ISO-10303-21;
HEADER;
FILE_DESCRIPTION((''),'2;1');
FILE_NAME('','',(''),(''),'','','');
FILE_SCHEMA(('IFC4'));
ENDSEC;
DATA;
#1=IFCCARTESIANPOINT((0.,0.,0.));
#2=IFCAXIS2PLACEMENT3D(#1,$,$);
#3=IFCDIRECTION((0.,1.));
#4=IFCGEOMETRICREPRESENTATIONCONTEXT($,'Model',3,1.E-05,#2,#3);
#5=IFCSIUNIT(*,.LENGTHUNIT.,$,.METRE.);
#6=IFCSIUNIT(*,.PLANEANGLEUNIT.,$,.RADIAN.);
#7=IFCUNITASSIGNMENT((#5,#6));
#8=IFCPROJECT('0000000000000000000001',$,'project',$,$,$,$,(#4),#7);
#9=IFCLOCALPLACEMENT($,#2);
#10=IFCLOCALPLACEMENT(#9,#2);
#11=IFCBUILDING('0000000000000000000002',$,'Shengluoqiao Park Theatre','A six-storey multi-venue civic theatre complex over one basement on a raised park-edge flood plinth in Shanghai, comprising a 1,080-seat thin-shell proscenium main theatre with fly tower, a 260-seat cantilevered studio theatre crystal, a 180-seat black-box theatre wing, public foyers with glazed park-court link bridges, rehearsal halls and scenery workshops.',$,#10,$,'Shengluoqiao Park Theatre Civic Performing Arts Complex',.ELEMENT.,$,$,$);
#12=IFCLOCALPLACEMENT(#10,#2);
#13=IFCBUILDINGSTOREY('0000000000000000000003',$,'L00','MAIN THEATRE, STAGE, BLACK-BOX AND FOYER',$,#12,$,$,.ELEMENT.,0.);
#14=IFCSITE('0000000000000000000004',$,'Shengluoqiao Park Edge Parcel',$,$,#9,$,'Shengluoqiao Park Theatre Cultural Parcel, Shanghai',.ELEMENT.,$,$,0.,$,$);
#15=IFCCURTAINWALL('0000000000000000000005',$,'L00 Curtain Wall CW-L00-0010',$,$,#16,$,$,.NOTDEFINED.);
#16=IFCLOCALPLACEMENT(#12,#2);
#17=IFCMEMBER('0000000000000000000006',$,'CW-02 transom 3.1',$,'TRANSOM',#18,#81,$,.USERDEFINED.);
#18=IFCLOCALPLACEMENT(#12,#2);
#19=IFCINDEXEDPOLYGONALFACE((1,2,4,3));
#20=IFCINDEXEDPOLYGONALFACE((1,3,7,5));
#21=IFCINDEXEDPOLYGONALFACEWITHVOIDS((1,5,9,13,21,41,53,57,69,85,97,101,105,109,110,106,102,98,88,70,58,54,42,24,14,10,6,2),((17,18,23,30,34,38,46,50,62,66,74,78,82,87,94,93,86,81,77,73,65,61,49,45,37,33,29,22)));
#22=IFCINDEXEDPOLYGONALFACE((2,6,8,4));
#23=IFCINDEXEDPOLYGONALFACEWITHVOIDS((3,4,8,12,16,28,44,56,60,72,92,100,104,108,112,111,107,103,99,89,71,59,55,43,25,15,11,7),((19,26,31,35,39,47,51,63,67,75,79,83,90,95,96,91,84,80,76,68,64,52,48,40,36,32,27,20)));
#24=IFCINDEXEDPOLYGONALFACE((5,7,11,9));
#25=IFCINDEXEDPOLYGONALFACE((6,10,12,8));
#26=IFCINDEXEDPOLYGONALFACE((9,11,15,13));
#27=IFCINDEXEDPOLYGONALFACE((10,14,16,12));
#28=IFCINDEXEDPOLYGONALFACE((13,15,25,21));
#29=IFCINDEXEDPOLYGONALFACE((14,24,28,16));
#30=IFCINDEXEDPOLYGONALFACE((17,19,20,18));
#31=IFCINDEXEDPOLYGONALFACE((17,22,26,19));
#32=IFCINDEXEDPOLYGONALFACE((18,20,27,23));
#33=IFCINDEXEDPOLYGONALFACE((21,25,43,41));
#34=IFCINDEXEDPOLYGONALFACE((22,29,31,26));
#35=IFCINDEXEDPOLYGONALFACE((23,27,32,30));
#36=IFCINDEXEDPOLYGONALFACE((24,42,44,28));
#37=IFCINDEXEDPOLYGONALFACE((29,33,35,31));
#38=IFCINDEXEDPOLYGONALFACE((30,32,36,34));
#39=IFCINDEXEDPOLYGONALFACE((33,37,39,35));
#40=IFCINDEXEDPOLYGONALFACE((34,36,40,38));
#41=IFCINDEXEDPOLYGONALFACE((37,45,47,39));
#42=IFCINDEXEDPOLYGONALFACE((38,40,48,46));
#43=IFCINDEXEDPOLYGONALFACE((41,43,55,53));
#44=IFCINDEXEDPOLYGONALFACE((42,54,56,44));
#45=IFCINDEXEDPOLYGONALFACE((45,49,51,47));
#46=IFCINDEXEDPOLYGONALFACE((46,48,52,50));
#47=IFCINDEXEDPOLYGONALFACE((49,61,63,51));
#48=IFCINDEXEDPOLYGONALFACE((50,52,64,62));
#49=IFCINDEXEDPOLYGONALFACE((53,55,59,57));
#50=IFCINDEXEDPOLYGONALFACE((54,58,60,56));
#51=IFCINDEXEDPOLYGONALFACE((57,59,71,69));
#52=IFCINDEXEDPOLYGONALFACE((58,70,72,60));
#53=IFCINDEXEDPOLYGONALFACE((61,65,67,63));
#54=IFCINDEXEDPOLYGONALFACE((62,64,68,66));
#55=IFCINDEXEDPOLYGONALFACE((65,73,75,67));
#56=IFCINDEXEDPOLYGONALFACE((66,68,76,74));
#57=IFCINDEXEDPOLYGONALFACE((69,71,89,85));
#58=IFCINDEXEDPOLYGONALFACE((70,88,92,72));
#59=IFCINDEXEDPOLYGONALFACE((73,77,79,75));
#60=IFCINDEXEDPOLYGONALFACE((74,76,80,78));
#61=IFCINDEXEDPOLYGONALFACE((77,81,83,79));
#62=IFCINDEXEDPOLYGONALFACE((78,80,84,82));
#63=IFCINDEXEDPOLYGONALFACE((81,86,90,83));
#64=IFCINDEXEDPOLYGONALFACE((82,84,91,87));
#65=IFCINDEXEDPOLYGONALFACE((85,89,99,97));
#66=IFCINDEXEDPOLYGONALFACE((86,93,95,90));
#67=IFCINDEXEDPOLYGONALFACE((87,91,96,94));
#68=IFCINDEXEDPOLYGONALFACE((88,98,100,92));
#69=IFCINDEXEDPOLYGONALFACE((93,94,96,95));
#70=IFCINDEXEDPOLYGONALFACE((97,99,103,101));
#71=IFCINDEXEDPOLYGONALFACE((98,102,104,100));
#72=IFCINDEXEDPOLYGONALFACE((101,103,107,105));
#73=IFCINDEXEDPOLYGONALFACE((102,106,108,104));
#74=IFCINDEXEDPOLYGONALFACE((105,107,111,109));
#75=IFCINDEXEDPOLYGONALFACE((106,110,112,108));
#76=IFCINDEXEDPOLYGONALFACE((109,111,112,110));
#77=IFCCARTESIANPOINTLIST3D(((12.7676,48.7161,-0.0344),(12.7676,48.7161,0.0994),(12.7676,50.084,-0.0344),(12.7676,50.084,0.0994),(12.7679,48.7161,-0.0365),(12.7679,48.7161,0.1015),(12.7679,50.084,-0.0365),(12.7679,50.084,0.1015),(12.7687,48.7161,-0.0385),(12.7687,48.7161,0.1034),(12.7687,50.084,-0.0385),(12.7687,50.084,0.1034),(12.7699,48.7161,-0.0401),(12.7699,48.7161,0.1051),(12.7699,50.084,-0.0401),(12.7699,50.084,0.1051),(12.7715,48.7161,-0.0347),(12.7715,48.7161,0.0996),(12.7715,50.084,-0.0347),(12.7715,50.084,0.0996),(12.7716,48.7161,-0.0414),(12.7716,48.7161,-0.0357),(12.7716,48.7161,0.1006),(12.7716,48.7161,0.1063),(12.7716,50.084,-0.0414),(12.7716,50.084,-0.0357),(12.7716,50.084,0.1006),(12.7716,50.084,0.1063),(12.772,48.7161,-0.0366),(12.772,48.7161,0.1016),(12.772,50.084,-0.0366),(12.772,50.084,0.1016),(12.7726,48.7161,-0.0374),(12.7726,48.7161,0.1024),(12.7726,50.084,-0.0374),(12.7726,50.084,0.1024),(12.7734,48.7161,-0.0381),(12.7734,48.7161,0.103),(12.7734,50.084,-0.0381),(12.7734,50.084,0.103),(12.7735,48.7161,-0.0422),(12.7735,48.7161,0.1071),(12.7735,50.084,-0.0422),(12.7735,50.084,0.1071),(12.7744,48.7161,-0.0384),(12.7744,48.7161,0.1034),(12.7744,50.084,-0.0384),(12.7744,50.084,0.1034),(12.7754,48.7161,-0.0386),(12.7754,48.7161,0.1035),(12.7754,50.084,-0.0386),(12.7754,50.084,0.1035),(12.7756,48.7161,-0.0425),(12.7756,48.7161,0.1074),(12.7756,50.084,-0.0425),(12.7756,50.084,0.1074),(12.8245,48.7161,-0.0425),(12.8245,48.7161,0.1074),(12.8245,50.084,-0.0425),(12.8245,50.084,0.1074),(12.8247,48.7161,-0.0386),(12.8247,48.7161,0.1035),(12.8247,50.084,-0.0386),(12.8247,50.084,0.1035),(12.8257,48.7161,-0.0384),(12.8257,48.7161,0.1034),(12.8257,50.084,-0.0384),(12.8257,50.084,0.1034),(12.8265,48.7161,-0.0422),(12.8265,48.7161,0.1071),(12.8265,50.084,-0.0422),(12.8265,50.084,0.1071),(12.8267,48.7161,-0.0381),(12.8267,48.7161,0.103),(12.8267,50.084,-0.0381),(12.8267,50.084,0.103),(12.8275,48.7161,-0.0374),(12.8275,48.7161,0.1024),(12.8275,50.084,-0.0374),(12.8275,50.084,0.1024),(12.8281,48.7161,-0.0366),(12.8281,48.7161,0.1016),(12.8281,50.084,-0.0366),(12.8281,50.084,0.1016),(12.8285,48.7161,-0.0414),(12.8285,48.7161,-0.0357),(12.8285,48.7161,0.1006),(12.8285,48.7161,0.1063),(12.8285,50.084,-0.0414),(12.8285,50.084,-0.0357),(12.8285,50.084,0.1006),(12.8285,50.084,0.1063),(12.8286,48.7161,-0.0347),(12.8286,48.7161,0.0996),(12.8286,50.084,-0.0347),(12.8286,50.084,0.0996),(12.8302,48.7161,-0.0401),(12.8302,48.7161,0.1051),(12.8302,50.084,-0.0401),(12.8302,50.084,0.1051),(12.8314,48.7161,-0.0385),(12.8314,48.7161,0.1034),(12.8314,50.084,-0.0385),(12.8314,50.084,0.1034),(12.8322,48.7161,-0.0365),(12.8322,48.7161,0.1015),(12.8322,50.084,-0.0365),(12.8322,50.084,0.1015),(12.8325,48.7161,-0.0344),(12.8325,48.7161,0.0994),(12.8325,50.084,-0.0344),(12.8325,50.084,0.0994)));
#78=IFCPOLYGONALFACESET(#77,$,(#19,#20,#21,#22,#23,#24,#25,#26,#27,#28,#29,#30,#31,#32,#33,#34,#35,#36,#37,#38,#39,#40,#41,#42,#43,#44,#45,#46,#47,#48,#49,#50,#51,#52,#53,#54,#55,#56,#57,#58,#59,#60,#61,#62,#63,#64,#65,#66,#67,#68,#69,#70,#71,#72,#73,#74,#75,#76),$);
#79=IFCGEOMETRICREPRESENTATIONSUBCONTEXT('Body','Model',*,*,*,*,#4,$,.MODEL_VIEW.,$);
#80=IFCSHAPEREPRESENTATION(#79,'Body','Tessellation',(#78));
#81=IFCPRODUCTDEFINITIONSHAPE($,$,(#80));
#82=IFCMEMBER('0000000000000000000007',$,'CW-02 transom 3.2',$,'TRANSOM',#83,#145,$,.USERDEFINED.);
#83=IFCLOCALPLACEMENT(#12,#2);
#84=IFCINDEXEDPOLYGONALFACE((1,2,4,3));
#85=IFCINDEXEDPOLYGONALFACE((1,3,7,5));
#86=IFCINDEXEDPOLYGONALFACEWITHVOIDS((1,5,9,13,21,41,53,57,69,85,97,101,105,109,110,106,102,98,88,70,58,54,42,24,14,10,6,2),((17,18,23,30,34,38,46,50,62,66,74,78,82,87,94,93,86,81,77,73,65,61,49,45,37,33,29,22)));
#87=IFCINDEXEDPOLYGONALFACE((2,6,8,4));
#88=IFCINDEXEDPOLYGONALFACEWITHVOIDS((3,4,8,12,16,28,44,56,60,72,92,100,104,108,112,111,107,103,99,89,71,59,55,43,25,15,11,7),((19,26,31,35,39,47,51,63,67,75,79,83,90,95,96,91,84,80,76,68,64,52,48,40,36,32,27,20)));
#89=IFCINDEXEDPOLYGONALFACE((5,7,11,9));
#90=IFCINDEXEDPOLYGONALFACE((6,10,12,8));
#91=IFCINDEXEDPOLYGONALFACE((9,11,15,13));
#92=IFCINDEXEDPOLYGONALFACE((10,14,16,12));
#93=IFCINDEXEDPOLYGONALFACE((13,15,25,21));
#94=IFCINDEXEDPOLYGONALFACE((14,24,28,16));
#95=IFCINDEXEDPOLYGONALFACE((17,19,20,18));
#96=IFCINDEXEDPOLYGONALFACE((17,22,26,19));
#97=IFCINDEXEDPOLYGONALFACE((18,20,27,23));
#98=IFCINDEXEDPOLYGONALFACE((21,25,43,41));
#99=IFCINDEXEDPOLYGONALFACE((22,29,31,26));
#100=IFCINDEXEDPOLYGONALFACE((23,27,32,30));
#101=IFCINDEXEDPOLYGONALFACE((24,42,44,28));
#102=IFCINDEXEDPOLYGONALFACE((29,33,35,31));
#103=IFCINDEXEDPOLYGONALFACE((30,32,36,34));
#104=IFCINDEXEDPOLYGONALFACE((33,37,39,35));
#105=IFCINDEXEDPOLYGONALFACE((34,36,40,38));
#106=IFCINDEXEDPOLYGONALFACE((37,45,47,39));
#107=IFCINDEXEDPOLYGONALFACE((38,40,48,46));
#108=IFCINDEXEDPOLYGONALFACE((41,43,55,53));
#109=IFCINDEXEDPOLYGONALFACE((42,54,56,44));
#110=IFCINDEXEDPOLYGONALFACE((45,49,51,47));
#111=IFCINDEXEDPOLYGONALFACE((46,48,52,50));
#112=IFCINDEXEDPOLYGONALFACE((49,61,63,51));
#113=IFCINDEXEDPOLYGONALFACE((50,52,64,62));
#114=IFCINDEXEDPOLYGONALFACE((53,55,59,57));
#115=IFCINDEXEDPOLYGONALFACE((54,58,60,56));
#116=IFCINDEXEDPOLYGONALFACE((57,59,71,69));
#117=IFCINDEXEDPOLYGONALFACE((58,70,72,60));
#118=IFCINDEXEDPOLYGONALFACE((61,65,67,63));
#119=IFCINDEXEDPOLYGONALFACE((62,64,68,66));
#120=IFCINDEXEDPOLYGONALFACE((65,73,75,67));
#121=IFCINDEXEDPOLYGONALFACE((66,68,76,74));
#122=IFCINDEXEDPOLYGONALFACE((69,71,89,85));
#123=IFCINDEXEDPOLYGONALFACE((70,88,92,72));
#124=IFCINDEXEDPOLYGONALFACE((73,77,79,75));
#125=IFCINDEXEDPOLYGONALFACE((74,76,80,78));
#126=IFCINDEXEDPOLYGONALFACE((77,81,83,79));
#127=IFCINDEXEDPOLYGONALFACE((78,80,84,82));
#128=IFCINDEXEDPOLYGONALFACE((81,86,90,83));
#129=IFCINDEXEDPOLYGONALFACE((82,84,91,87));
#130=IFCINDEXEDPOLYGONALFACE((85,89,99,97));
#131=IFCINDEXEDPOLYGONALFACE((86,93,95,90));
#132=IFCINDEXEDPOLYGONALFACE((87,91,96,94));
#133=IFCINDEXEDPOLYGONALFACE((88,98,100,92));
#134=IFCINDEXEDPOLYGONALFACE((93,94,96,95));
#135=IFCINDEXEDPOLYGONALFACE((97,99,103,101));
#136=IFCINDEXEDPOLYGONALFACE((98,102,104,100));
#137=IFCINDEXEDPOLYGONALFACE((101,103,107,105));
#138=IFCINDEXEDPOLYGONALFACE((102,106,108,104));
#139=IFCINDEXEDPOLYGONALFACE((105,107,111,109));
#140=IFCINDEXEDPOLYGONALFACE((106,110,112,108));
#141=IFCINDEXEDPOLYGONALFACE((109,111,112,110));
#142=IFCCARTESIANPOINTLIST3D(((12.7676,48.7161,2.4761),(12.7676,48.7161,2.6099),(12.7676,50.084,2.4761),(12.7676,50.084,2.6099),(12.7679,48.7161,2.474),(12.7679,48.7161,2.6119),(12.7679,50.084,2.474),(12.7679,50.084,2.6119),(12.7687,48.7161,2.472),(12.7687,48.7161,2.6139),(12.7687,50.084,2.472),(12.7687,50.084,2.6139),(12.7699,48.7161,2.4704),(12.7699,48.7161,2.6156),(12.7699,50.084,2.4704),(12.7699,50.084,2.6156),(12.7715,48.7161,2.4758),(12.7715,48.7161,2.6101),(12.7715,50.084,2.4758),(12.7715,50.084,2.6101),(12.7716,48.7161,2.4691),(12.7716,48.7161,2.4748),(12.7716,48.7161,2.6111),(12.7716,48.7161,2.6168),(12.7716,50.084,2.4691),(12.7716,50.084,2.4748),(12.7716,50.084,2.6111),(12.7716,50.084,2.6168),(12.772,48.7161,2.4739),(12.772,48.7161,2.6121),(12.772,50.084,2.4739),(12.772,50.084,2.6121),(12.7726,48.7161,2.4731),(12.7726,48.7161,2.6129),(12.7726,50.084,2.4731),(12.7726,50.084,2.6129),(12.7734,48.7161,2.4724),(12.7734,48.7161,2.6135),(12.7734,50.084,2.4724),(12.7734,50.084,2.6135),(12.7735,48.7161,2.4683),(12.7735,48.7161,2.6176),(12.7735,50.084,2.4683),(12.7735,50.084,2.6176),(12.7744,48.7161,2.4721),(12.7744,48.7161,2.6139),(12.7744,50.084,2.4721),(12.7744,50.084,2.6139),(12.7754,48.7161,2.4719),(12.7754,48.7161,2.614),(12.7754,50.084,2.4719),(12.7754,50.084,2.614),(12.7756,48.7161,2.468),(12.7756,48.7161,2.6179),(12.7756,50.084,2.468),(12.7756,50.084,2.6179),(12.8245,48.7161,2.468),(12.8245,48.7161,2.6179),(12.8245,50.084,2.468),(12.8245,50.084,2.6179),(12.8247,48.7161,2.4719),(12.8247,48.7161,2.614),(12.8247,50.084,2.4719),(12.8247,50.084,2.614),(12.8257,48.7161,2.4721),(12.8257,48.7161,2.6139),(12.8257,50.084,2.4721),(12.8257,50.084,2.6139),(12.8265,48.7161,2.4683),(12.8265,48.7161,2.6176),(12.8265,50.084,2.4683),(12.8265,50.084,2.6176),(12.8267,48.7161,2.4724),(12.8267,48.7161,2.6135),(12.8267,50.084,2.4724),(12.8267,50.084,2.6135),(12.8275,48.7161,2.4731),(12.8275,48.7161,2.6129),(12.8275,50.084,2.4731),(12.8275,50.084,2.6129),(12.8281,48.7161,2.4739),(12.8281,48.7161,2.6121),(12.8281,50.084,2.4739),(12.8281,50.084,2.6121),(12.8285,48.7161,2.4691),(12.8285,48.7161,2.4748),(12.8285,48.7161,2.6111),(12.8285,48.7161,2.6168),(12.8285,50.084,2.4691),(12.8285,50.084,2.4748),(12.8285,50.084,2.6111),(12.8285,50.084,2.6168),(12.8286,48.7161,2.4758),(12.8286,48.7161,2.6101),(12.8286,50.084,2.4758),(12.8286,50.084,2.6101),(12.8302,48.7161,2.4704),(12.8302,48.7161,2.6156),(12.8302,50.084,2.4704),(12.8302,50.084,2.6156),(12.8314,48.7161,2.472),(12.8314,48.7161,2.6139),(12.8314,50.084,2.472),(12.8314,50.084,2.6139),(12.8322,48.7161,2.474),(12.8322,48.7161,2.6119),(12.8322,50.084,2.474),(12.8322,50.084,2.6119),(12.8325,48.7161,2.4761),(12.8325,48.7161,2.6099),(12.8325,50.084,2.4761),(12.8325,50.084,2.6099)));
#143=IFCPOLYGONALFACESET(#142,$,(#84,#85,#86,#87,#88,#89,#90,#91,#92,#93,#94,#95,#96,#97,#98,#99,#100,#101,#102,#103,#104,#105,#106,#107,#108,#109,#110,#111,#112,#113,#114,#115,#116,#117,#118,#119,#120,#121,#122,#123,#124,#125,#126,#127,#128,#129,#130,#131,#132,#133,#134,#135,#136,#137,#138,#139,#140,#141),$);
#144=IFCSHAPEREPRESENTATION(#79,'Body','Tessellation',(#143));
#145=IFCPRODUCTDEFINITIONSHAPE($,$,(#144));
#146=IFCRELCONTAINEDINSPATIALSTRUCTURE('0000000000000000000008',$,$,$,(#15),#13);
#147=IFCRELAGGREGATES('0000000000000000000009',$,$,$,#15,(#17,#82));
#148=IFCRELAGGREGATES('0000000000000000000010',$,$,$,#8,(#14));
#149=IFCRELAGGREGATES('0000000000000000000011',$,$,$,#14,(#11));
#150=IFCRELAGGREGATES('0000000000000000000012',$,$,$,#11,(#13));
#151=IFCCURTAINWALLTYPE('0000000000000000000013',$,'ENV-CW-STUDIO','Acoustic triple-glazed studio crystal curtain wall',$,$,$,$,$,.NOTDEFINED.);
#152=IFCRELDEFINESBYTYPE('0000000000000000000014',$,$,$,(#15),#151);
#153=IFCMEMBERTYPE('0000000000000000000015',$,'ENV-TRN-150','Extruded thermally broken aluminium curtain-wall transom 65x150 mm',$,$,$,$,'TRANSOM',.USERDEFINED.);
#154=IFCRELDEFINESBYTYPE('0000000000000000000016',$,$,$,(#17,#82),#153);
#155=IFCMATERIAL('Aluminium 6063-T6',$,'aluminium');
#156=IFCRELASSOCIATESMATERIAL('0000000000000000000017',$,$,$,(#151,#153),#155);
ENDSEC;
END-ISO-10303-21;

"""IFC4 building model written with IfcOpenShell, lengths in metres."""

from ifc_helpers import new_model, si_unit, direction, frame, origin, origin_2d, place, context, subcontext, project, spatial, hollow_rectangle, extrude, material, material_profile, profile_set, type_object, element, aggregate, save


model = new_model("IFC4")

# Units and contexts
model_context = context("Model", 3, precision=1e-05, world=origin(), true_north=direction((0.0, 1.0)))
body_context = subcontext(model_context, "Body", "Model", "MODEL_VIEW")
ifc_project = project(units=[si_unit("LENGTHUNIT", "METRE"), si_unit("PLANEANGLEUNIT", "RADIAN")], contexts=[model_context])

# Site, building, storey
site_placement = place(None, origin())
site = spatial("IfcSite", under=ifc_project, at=site_placement, Name="Shengluoqiao Park Edge Parcel", LongName="Shengluoqiao Park Theatre Cultural Parcel, Shanghai", CompositionType="ELEMENT", RefElevation=0.0)
building_placement = place(site_placement, origin())
building = spatial("IfcBuilding", under=site, at=building_placement, Name="Shengluoqiao Park Theatre", Description="A six-storey multi-venue civic theatre complex over one basement on a raised park-edge flood plinth in Shanghai, comprising a 1,080-seat thin-shell proscenium main theatre with fly tower, a 260-seat cantilevered studio theatre crystal, a 180-seat black-box theatre wing, public foyers with glazed park-court link bridges, rehearsal halls and scenery workshops.", LongName="Shengluoqiao Park Theatre Civic Performing Arts Complex", CompositionType="ELEMENT")
storey_placement = place(building_placement, origin())
storey = spatial("IfcBuildingStorey", under=building, at=storey_placement, Name="L00", Description="MAIN THEATRE, STAGE, BLACK-BOX AND FOYER", CompositionType="ELEMENT", Elevation=0.0)

# Curtain wall, members
ifc_material_1 = material(Name="Aluminium 6063-T6", Category="aluminium")
curtain_wall_type = type_object("IfcCurtainWallType", Name="ENV-CW-STUDIO", Description="Acoustic triple-glazed studio crystal curtain wall", PredefinedType="NOTDEFINED", material=ifc_material_1)
curtain_wall_placement = place(storey_placement, origin())
curtain_wall = element("IfcCurtainWall", 1, at=curtain_wall_placement, inside=storey, type_object=curtain_wall_type, Name="L00 Curtain Wall CW-L00-0010", PredefinedType="NOTDEFINED")
ifc_material_profile_1 = material_profile(ifc_material_1, hollow_rectangle(XDim=0.0649, YDim=0.1499, WallThickness=0.0039, InnerFilletRadius=0.0039, OuterFilletRadius=0.0081, at=origin_2d()), Name="ALU TRANSOM 150x65x4")
ifc_profile_set_1 = profile_set([ifc_material_profile_1], Name="Aluminium 6063-T6")
member_type_1 = type_object("IfcMemberType", Name="ENV-TRN-150", Description="Extruded thermally broken aluminium curtain-wall transom 65x150 mm", ElementType="TRANSOM", PredefinedType="USERDEFINED", material=ifc_profile_set_1)
member_1_placement = place(storey_placement, frame((12.8, 48.7161, 0.0325), z_axis=(0.0, 1.0, 0.0), x_axis=(-1.0, 0.0, 0.0)))
member_1 = element("IfcMember", 2, at=member_1_placement, type_object=member_type_1, Name="CW-02 transom 3.1", ObjectType="TRANSOM", PredefinedType="USERDEFINED", context=body_context, shape_type="SweptSolid", body=[
    extrude(hollow_rectangle(XDim=0.0649, YDim=0.1499, WallThickness=0.0039, InnerFilletRadius=0.0039, OuterFilletRadius=0.0081, at=origin_2d()), origin(), (0.0, 0.0, 1.0), 1.3679),
])
member_2_placement = place(storey_placement, frame((12.8, 48.7161, 2.543), z_axis=(0.0, 1.0, 0.0), x_axis=(-1.0, 0.0, 0.0)))
member_2 = element("IfcMember", 3, at=member_2_placement, type_object=member_type_1, Name="CW-02 transom 3.2", ObjectType="TRANSOM", PredefinedType="USERDEFINED", context=body_context, shape_type="SweptSolid", body=[
    extrude(hollow_rectangle(XDim=0.0649, YDim=0.1499, WallThickness=0.0039, InnerFilletRadius=0.0039, OuterFilletRadius=0.0081, at=origin_2d()), origin(), (0.0, 0.0, 1.0), 1.3679),
])
aggregate(curtain_wall, [member_1, member_2])

save(model, "model.ifc")
